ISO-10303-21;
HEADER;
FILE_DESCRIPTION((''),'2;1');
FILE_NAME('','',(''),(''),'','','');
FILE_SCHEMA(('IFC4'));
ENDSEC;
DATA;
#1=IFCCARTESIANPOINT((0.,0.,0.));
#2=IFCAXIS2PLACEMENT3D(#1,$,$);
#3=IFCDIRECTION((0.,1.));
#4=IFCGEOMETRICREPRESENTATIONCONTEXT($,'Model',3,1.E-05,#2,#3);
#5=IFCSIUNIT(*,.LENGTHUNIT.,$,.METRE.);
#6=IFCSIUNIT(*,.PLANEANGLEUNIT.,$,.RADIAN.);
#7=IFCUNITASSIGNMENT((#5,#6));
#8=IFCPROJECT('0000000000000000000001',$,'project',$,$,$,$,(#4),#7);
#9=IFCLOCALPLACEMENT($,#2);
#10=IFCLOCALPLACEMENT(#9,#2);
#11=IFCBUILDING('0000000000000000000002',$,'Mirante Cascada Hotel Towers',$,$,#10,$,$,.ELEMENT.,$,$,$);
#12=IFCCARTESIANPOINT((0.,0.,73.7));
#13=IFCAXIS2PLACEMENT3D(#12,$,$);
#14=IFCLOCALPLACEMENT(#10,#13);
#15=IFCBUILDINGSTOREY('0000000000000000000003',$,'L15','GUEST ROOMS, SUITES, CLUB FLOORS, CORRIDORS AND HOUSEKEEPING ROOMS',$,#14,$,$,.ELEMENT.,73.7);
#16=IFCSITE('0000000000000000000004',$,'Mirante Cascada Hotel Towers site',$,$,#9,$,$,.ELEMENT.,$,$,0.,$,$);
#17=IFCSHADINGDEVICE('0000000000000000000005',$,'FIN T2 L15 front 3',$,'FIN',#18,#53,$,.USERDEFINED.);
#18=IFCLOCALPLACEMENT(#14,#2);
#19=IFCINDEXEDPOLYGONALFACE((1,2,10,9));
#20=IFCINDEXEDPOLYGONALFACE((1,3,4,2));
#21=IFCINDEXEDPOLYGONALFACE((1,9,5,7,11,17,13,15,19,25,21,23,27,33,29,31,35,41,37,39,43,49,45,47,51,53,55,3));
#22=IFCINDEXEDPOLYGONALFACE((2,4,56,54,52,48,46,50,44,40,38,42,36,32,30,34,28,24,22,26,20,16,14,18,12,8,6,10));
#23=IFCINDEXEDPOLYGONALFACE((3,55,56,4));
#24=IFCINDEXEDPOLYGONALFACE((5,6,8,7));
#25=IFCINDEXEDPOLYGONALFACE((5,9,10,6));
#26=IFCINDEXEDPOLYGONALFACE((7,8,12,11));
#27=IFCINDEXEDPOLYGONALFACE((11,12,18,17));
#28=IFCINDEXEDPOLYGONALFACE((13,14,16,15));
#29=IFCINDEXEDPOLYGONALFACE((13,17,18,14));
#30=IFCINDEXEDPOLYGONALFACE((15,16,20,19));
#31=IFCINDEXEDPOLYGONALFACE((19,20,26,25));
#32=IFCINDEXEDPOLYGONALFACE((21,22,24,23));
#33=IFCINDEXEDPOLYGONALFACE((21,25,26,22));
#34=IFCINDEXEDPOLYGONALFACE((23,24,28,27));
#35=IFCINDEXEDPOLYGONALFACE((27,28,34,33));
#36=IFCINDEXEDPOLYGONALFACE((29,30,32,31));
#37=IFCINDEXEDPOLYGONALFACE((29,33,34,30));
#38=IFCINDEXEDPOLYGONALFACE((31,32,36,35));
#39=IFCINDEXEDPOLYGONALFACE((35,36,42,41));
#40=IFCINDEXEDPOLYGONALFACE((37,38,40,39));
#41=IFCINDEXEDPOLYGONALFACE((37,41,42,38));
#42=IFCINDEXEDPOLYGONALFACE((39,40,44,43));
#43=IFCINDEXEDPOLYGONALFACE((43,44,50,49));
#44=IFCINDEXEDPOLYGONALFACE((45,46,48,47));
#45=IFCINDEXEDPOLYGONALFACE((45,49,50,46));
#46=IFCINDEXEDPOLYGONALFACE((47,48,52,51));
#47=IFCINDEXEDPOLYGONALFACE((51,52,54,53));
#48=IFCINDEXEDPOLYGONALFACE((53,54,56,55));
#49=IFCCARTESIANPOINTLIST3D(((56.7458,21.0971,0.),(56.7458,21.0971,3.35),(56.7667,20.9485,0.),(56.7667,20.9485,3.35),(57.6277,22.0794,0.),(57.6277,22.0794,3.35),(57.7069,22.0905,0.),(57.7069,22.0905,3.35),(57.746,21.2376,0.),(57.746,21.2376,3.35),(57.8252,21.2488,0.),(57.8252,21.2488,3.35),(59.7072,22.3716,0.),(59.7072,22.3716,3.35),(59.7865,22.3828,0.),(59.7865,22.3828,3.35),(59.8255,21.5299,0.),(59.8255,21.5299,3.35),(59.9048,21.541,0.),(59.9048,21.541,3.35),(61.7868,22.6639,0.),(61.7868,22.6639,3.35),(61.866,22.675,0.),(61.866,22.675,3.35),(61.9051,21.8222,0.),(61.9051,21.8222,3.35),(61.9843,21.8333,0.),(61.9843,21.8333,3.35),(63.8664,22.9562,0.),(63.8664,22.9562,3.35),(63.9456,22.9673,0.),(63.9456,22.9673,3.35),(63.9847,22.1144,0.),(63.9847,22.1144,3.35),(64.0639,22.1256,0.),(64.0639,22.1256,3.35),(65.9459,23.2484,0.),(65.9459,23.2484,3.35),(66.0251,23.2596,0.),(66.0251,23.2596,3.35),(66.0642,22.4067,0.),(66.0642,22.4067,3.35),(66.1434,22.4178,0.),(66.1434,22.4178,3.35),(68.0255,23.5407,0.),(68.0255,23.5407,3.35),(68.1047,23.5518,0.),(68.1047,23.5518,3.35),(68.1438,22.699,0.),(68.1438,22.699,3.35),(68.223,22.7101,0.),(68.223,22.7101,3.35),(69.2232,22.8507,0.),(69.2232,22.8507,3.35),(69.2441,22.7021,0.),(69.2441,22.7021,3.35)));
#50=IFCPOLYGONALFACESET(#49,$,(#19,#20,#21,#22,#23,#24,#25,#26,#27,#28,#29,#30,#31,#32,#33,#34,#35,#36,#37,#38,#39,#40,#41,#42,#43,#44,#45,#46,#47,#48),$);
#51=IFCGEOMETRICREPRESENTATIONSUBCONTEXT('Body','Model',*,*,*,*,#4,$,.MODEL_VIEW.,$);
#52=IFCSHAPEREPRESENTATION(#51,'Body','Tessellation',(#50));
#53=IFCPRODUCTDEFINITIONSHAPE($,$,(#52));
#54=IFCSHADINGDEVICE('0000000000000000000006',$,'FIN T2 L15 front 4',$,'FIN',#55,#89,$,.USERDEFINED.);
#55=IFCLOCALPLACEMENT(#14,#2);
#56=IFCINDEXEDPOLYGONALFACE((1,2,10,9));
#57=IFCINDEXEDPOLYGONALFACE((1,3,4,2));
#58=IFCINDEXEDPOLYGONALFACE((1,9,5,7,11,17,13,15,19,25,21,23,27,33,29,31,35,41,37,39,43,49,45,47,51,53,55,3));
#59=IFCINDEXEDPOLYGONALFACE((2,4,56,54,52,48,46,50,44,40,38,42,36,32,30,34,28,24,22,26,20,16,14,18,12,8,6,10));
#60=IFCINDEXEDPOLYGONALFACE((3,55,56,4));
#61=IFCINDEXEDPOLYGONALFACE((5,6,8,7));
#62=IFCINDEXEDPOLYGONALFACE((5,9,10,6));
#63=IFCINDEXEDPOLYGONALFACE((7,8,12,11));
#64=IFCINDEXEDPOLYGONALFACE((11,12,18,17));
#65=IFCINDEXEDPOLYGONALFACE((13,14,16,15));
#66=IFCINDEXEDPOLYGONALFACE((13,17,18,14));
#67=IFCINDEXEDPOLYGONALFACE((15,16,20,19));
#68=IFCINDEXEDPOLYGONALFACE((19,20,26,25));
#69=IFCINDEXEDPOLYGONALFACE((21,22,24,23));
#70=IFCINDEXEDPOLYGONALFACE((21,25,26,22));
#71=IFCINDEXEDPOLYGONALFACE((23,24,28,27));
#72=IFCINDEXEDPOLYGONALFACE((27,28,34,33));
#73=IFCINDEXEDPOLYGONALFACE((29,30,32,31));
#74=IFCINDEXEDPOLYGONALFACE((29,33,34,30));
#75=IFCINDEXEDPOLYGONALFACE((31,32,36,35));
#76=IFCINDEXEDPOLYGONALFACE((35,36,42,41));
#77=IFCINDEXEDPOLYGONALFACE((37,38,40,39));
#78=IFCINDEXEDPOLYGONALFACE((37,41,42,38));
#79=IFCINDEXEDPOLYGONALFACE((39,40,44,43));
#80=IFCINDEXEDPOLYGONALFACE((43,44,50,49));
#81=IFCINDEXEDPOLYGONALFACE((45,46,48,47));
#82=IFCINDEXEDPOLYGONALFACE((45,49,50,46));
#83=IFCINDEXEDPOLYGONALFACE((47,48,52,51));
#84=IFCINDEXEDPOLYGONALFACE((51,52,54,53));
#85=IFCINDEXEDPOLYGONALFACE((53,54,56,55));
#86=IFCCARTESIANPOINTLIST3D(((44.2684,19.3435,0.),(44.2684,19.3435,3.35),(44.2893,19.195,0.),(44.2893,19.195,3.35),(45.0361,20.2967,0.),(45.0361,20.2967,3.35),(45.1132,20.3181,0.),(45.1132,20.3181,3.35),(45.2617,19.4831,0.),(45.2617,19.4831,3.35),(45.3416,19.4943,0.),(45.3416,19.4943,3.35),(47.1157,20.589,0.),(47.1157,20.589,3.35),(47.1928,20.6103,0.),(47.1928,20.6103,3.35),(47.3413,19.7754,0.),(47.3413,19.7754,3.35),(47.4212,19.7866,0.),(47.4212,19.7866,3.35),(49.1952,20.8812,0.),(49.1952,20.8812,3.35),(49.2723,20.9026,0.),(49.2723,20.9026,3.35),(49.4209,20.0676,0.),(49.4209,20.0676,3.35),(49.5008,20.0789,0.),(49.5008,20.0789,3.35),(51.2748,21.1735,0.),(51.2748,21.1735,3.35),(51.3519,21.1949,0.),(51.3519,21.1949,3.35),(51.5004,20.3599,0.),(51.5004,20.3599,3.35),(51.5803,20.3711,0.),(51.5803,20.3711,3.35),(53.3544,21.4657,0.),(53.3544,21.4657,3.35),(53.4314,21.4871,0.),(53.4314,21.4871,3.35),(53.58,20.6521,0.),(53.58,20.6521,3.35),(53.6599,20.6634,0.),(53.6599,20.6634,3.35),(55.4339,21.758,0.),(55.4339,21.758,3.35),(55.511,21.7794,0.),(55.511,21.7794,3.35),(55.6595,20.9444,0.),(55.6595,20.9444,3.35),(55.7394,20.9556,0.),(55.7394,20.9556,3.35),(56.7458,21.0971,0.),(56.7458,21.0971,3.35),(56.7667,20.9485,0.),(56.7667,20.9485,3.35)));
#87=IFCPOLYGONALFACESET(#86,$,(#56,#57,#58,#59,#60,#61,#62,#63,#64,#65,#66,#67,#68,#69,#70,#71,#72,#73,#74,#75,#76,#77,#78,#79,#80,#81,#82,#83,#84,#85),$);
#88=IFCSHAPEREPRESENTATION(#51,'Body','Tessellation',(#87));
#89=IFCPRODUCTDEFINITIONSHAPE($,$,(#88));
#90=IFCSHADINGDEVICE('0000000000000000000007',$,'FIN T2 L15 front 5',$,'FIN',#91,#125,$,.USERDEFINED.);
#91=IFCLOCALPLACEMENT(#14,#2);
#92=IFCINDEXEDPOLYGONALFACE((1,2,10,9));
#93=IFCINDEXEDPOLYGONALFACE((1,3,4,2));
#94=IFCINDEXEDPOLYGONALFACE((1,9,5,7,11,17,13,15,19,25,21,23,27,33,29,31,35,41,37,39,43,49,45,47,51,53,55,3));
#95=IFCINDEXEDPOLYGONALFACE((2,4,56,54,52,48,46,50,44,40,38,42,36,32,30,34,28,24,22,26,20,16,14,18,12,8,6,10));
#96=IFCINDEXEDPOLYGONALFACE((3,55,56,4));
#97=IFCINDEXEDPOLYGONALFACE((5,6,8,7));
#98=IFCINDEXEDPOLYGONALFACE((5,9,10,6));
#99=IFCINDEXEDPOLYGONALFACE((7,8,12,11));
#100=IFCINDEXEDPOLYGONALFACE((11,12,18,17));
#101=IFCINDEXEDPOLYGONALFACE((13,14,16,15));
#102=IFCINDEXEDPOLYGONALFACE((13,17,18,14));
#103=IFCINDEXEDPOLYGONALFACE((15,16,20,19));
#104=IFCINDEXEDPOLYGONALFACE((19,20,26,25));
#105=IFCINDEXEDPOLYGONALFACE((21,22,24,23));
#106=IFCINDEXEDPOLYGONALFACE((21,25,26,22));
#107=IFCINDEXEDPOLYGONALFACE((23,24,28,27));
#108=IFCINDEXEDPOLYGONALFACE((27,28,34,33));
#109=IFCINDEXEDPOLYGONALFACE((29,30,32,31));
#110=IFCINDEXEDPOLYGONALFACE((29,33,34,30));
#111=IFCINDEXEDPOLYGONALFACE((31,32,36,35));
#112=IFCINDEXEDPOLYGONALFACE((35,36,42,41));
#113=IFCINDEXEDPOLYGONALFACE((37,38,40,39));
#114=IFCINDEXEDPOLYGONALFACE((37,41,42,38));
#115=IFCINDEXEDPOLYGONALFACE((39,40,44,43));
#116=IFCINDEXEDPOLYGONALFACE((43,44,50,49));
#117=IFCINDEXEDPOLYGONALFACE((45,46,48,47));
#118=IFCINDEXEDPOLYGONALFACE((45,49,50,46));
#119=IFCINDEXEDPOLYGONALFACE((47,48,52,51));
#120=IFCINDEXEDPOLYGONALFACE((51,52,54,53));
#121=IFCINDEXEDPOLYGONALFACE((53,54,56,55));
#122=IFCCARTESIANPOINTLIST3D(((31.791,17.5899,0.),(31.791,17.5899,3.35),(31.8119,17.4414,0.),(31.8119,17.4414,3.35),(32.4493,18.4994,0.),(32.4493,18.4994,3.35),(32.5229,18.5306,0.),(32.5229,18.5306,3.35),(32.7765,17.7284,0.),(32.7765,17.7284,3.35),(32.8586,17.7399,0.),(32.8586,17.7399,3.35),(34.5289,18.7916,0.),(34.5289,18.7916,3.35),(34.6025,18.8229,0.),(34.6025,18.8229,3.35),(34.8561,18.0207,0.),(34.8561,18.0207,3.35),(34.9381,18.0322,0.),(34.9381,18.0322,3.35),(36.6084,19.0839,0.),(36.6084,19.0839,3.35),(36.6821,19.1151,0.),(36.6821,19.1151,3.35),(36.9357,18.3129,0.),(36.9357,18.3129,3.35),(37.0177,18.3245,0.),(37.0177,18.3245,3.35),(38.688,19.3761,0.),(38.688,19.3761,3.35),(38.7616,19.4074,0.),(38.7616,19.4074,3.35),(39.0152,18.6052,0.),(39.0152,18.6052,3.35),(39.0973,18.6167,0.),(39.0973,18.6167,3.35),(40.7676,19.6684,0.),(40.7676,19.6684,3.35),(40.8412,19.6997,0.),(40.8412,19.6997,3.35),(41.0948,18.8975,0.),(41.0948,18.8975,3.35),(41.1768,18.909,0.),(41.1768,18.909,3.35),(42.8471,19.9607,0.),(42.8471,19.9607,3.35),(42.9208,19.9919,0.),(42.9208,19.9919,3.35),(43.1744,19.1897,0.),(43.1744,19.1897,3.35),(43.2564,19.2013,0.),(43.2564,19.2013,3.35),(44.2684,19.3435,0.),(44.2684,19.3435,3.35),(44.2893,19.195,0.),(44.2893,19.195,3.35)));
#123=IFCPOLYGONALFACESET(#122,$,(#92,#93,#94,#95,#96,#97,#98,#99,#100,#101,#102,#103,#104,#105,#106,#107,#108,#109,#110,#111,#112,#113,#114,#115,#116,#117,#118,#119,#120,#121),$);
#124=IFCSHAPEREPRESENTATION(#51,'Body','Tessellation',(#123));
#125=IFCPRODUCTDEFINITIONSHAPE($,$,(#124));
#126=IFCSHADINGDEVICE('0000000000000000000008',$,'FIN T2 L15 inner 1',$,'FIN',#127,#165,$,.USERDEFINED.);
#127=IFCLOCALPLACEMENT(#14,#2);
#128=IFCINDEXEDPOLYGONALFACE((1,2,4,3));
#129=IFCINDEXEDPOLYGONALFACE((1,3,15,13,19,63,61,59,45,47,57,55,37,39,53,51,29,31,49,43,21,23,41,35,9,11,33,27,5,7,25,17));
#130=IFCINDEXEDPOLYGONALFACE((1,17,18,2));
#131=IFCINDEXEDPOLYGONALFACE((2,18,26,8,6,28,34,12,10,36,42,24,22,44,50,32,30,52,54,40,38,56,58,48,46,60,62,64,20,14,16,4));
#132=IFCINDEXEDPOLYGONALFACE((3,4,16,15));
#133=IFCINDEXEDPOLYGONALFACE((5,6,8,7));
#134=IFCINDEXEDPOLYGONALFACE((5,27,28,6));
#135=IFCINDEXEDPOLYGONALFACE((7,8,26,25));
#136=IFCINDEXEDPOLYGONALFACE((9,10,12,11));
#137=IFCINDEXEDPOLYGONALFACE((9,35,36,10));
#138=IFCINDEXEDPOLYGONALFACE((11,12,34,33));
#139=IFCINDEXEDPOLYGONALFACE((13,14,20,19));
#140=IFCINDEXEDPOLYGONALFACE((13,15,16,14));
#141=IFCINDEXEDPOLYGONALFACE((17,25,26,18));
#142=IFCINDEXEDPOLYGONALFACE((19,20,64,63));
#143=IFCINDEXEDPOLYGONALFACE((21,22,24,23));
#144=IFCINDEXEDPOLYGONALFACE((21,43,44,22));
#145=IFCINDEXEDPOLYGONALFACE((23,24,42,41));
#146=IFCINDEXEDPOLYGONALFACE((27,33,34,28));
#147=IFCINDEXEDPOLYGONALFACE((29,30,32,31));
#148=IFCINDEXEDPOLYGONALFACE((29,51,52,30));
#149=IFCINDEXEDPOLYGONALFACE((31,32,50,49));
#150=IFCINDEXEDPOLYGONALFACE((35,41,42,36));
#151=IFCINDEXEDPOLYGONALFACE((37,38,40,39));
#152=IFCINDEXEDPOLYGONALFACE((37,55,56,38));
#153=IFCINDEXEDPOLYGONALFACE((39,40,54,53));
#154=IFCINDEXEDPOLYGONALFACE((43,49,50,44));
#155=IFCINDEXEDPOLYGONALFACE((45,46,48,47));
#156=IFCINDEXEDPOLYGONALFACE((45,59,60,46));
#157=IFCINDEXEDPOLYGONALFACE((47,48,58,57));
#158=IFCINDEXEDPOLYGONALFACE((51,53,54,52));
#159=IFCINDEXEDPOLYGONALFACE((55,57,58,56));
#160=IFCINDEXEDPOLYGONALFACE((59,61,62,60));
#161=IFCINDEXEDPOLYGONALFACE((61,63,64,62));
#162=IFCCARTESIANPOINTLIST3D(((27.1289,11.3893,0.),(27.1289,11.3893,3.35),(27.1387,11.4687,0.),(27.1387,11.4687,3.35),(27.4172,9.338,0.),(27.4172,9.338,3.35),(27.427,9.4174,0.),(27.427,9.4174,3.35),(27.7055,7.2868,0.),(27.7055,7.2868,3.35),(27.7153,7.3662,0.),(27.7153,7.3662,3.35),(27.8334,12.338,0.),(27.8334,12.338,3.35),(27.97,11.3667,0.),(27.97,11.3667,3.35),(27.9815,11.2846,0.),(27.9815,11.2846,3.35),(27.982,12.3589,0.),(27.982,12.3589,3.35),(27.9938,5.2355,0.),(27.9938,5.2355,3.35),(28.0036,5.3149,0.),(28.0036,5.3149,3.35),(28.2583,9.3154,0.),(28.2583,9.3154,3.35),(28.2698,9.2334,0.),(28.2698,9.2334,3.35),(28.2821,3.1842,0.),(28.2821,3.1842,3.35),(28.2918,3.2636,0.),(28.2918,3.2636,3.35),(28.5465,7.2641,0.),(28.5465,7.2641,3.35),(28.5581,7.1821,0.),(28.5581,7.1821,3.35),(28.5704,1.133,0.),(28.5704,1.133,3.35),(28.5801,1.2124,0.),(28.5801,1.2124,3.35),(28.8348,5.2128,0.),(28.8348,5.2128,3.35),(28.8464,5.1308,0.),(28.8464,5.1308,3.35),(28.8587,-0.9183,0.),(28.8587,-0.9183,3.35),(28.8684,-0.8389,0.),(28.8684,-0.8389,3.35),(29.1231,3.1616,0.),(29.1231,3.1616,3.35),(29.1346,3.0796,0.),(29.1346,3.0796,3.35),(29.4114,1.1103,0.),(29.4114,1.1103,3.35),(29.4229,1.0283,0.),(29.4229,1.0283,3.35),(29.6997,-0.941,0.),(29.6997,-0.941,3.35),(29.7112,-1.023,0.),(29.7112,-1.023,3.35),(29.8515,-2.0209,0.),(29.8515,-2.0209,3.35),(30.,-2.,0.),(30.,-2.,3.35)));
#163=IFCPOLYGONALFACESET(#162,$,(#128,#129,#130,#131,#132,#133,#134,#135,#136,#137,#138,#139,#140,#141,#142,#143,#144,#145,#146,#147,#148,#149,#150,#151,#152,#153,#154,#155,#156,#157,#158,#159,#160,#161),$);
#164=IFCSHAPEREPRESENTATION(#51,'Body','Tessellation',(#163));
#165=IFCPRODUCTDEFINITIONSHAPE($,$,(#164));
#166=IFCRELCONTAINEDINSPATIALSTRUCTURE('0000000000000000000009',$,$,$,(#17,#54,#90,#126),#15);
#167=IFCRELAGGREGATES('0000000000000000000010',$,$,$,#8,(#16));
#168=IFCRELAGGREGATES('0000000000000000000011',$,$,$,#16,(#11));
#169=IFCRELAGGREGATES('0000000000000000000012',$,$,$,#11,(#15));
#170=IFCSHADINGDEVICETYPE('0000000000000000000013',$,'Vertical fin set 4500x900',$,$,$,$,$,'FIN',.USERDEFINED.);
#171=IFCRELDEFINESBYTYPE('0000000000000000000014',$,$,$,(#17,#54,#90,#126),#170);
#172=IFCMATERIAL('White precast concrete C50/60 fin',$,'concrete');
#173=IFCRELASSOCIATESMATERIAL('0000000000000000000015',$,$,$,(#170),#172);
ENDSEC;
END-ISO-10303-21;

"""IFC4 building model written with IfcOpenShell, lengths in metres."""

from ifc_helpers import new_model, si_unit, direction, frame, origin, place, context, subcontext, project, spatial, polyline, outline, extrude, material, type_object, element, save


model = new_model("IFC4")

# Units and contexts
model_context = context("Model", 3, precision=1e-05, world=origin(), true_north=direction((0.0, 1.0)))
body_context = subcontext(model_context, "Body", "Model", "MODEL_VIEW")
ifc_project = project(units=[si_unit("LENGTHUNIT", "METRE"), si_unit("PLANEANGLEUNIT", "RADIAN")], contexts=[model_context])

# Site, building, storey
site_placement = place(None, origin())
site = spatial("IfcSite", under=ifc_project, at=site_placement, Name="Mirante Cascada Hotel Towers site", CompositionType="ELEMENT", RefElevation=0.0)
building_placement = place(site_placement, origin())
building = spatial("IfcBuilding", under=site, at=building_placement, Name="Mirante Cascada Hotel Towers", CompositionType="ELEMENT")
storey_placement = place(building_placement, frame((0.0, 0.0, 73.7)))
storey = spatial("IfcBuildingStorey", under=building, at=storey_placement, Name="L15", Description="GUEST ROOMS, SUITES, CLUB FLOORS, CORRIDORS AND HOUSEKEEPING ROOMS", CompositionType="ELEMENT", Elevation=73.7)

# Shading devices
ifc_material_1 = material(Name="White precast concrete C50/60 fin", Category="concrete")
shading_device_type = type_object("IfcShadingDeviceType", Name="Vertical fin set 4500x900", ElementType="FIN", PredefinedType="USERDEFINED", material=ifc_material_1)
shading_device_1_placement = place(storey_placement, origin())
element("IfcShadingDevice", 1, at=shading_device_1_placement, inside=storey, type_object=shading_device_type, Name="FIN T2 L15 front 3", ObjectType="FIN", PredefinedType="USERDEFINED", context=body_context, shape_type="SweptSolid", body=[
    extrude(outline(polyline([(57.7069, 22.0905), (57.8252, 21.2488), (59.8255, 21.5299), (59.7072, 22.3716), (59.7865, 22.3828), (59.9048, 21.541), (61.9051, 21.8222), (61.7868, 22.6639), (61.866, 22.675), (61.9843, 21.8333), (63.9847, 22.1144), (63.8664, 22.9562), (63.9456, 22.9673), (64.0639, 22.1256), (66.0642, 22.4067), (65.9459, 23.2484), (66.0251, 23.2596), (66.1434, 22.4178), (68.1438, 22.699), (68.0255, 23.5407), (68.1047, 23.5518), (68.223, 22.7101), (69.2232, 22.8507), (69.2441, 22.7021), (56.7667, 20.9485), (56.7458, 21.0971), (57.746, 21.2376), (57.6277, 22.0794), (57.7069, 22.0905)])), origin(), (0.0, 0.0, 1.0), 3.35),
])
shading_device_2_placement = place(storey_placement, origin())
element("IfcShadingDevice", 2, at=shading_device_2_placement, inside=storey, type_object=shading_device_type, Name="FIN T2 L15 front 4", ObjectType="FIN", PredefinedType="USERDEFINED", context=body_context, shape_type="SweptSolid", body=[
    extrude(outline(polyline([(45.1132, 20.3181), (45.3416, 19.4943), (47.3413, 19.7754), (47.1157, 20.589), (47.1928, 20.6103), (47.4212, 19.7866), (49.4209, 20.0676), (49.1952, 20.8812), (49.2723, 20.9026), (49.5008, 20.0789), (51.5004, 20.3599), (51.2748, 21.1735), (51.3519, 21.1949), (51.5803, 20.3711), (53.58, 20.6521), (53.3544, 21.4657), (53.4314, 21.4871), (53.6599, 20.6634), (55.6595, 20.9444), (55.4339, 21.758), (55.511, 21.7794), (55.7394, 20.9556), (56.7458, 21.0971), (56.7667, 20.9485), (44.2893, 19.195), (44.2684, 19.3435), (45.2617, 19.4831), (45.0361, 20.2967), (45.1132, 20.3181)])), origin(), (0.0, 0.0, 1.0), 3.35),
])
shading_device_3_placement = place(storey_placement, origin())
element("IfcShadingDevice", 3, at=shading_device_3_placement, inside=storey, type_object=shading_device_type, Name="FIN T2 L15 front 5", ObjectType="FIN", PredefinedType="USERDEFINED", context=body_context, shape_type="SweptSolid", body=[
    extrude(outline(polyline([(32.5229, 18.5306), (32.8586, 17.7399), (34.8561, 18.0207), (34.5289, 18.7916), (34.6025, 18.8229), (34.9381, 18.0322), (36.9357, 18.3129), (36.6084, 19.0839), (36.6821, 19.1151), (37.0177, 18.3245), (39.0152, 18.6052), (38.688, 19.3761), (38.7616, 19.4074), (39.0973, 18.6167), (41.0948, 18.8975), (40.7676, 19.6684), (40.8412, 19.6997), (41.1768, 18.909), (43.1744, 19.1897), (42.8471, 19.9607), (42.9208, 19.9919), (43.2564, 19.2013), (44.2684, 19.3435), (44.2893, 19.195), (31.8119, 17.4414), (31.791, 17.5899), (32.7765, 17.7284), (32.4493, 18.4994), (32.5229, 18.5306)])), origin(), (0.0, 0.0, 1.0), 3.35),
])
shading_device_4_placement = place(storey_placement, origin())
element("IfcShadingDevice", 4, at=shading_device_4_placement, inside=storey, type_object=shading_device_type, Name="FIN T2 L15 inner 1", ObjectType="FIN", PredefinedType="USERDEFINED", context=body_context, shape_type="SweptSolid", body=[
    extrude(outline(polyline([(28.8684, -0.8389), (29.6997, -0.941), (29.4229, 1.0283), (28.5704, 1.133), (28.5801, 1.2124), (29.4114, 1.1103), (29.1346, 3.0796), (28.2821, 3.1842), (28.2918, 3.2636), (29.1231, 3.1616), (28.8464, 5.1308), (27.9938, 5.2355), (28.0036, 5.3149), (28.8348, 5.2128), (28.5581, 7.1821), (27.7055, 7.2868), (27.7153, 7.3662), (28.5465, 7.2641), (28.2698, 9.2334), (27.4172, 9.338), (27.427, 9.4174), (28.2583, 9.3154), (27.9815, 11.2846), (27.1289, 11.3893), (27.1387, 11.4687), (27.97, 11.3667), (27.8334, 12.338), (27.982, 12.3589), (30.0, -2.0), (29.8515, -2.0209), (29.7112, -1.023), (28.8587, -0.9183), (28.8684, -0.8389)])), origin(), (0.0, 0.0, 1.0), 3.35),
])

save(model, "model.ifc")
